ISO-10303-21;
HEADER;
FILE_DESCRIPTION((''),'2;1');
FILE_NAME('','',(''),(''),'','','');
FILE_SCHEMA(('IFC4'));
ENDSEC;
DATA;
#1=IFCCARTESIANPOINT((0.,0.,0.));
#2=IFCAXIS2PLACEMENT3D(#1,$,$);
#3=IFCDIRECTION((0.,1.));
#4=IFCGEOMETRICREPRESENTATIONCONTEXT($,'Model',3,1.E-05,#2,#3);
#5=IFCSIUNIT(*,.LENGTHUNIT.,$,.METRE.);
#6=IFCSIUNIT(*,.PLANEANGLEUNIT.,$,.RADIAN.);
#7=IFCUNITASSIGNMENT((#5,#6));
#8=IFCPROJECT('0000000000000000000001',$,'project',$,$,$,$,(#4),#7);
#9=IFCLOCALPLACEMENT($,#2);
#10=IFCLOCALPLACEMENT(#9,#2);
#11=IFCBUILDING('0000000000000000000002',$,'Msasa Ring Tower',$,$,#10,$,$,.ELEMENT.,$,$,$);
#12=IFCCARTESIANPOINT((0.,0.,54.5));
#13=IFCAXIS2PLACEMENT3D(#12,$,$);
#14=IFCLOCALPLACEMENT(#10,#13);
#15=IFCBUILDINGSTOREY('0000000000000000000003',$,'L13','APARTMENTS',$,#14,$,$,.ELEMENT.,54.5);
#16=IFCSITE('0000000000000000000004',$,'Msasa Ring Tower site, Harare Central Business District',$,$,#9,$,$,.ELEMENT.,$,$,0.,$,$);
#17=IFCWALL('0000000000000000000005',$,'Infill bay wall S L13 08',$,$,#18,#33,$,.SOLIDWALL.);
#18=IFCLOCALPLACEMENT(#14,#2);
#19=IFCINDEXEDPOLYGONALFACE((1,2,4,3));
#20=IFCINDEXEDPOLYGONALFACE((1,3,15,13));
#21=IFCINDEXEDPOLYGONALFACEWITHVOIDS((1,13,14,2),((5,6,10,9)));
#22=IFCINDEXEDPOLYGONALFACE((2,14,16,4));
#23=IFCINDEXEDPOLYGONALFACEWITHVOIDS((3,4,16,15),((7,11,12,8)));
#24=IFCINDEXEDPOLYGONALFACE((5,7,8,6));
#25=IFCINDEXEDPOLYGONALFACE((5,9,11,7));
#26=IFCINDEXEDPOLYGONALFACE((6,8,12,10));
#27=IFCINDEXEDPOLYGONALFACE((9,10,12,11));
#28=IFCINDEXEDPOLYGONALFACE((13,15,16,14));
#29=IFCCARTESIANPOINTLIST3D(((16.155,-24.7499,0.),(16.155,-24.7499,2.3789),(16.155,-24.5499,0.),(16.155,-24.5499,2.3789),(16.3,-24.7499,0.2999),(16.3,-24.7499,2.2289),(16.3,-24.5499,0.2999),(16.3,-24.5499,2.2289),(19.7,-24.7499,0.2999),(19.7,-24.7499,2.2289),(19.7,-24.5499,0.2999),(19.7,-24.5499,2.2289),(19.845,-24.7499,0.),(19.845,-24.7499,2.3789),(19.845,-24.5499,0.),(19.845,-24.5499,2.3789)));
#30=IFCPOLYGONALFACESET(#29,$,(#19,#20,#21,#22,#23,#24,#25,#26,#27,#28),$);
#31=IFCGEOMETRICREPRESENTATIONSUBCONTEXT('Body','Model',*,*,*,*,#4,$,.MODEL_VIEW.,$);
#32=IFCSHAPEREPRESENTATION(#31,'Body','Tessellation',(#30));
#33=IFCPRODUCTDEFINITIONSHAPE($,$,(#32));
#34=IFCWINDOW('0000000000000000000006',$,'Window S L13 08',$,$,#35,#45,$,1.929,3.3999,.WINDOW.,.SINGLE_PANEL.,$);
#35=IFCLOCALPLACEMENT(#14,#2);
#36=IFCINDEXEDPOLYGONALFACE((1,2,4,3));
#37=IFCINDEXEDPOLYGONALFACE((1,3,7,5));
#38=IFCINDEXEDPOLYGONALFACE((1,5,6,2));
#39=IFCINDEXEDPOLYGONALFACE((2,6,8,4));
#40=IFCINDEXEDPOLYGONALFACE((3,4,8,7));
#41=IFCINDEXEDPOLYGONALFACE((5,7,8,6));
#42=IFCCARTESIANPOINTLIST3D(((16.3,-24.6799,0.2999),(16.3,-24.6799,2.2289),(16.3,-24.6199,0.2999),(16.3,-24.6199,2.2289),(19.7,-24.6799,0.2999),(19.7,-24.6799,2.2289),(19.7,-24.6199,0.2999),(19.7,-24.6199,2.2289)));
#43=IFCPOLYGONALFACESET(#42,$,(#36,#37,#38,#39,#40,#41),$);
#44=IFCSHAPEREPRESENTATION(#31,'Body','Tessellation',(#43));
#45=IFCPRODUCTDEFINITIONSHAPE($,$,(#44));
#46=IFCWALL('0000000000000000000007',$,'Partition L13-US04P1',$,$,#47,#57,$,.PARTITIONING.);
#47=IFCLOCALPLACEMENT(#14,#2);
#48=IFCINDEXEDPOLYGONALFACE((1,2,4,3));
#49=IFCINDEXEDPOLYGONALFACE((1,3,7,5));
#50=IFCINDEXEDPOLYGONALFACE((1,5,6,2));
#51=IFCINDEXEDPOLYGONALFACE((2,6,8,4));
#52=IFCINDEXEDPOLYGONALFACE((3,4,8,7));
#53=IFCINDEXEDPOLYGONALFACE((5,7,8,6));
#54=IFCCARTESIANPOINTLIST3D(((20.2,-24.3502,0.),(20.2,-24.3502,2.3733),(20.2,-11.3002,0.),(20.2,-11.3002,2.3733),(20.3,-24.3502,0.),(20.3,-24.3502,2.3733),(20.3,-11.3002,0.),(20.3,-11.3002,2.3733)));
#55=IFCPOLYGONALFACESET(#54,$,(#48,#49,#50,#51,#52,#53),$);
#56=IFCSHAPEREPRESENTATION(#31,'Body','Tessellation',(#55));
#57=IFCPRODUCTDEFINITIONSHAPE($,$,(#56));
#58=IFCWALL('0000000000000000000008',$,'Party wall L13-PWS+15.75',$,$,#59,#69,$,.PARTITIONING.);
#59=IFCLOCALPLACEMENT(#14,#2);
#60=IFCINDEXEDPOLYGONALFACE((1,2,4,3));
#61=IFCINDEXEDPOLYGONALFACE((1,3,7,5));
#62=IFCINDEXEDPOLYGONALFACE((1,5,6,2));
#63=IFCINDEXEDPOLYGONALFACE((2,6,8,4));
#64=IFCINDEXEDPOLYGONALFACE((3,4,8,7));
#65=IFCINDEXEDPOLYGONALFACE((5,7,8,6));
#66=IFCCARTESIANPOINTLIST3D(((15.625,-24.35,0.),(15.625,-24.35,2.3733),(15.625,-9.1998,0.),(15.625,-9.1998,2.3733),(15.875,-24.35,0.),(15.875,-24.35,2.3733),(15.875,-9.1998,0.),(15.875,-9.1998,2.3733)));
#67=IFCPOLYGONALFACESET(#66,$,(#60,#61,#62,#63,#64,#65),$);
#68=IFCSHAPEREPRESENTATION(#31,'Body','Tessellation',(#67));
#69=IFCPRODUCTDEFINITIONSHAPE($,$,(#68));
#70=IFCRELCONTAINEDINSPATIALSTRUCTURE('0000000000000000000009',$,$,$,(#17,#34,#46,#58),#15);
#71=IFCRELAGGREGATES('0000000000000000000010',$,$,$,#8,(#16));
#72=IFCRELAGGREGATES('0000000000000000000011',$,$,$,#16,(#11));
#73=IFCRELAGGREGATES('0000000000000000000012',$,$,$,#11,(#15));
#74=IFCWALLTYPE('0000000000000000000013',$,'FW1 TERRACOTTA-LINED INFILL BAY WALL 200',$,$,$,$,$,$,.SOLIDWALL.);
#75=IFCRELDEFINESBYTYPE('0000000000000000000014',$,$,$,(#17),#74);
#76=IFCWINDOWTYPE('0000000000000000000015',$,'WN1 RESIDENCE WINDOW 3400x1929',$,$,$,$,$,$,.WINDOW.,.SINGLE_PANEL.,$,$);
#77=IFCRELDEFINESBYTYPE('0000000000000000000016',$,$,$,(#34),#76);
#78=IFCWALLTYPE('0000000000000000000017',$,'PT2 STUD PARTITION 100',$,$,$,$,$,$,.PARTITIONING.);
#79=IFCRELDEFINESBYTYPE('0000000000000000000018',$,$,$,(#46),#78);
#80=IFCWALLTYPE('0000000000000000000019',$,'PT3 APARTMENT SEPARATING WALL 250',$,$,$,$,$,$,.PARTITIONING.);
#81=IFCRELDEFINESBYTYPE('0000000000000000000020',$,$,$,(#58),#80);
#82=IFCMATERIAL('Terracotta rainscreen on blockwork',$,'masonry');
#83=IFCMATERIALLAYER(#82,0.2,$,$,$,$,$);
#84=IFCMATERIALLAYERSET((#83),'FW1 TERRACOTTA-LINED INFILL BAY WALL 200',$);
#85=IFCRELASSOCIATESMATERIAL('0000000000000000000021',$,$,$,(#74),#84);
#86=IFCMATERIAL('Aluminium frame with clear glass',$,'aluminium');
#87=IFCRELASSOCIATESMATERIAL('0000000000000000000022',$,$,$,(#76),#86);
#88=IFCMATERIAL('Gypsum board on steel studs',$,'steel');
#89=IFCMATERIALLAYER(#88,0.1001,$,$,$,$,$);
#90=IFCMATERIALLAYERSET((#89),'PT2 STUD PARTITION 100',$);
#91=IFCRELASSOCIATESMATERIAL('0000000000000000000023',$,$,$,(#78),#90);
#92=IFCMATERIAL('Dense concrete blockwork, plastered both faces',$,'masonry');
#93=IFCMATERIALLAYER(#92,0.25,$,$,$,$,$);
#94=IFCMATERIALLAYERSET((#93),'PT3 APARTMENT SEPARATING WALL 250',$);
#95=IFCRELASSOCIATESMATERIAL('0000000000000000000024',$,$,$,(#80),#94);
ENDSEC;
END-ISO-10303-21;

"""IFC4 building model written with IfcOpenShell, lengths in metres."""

from ifc_helpers import new_model, si_unit, direction, frame, frame_2d, origin, place, context, subcontext, project, spatial, rectangle, extrude, material, layer, layer_set, type_object, element, fill, save


model = new_model("IFC4")

# Units and contexts
model_context = context("Model", 3, precision=1e-05, world=origin(), true_north=direction((0.0, 1.0)))
body_context = subcontext(model_context, "Body", "Model", "MODEL_VIEW")
ifc_project = project(units=[si_unit("LENGTHUNIT", "METRE"), si_unit("PLANEANGLEUNIT", "RADIAN")], contexts=[model_context])

# Site, building, storey
site_placement = place(None, origin())
site = spatial("IfcSite", under=ifc_project, at=site_placement, Name="Msasa Ring Tower site, Harare Central Business District", CompositionType="ELEMENT", RefElevation=0.0)
building_placement = place(site_placement, origin())
building = spatial("IfcBuilding", under=site, at=building_placement, Name="Msasa Ring Tower", CompositionType="ELEMENT")
storey_placement = place(building_placement, frame((0.0, 0.0, 54.5)))
storey = spatial("IfcBuildingStorey", under=building, at=storey_placement, Name="L13", Description="APARTMENTS", CompositionType="ELEMENT", Elevation=54.5)

# Wall, opening, window
ifc_material_1 = material(Name="Terracotta rainscreen on blockwork", Category="masonry")
ifc_layer_1 = layer(ifc_material_1, 0.2)
ifc_layer_set_1 = layer_set([ifc_layer_1], Name="FW1 TERRACOTTA-LINED INFILL BAY WALL 200")
wall_type_1 = type_object("IfcWallType", Name="FW1 TERRACOTTA-LINED INFILL BAY WALL 200", PredefinedType="SOLIDWALL", material=ifc_layer_set_1)
wall_1_placement = place(storey_placement, frame((16.155, -24.6499, 0.0), z_axis=(0.0, 0.0, 1.0), x_axis=(1.0, 0.0, 0.0)))
wall_1 = element("IfcWall", 1, at=wall_1_placement, inside=storey, type_object=wall_type_1, Name="Infill bay wall S L13 08", PredefinedType="SOLIDWALL", context=body_context, shape_type="SweptSolid", body=[
    extrude(rectangle(XDim=3.6899, YDim=0.2, at=frame_2d((1.845, 0.0))), origin(), (0.0, 0.0, 1.0), 2.3789),
])
opening_placement = place(wall_1_placement, frame((0.145, 0.0, 0.3)))
opening = element("IfcOpeningElement", 2, at=opening_placement, cuts=wall_1, PredefinedType="OPENING", context=body_context, shape_type="SweptSolid", body=[
    extrude(rectangle(XDim=3.3999, YDim=1.929, at=frame_2d((1.7, 0.9644))), frame((0.0, 0.1099, 0.0), z_axis=(0.0, -1.0, 0.0), x_axis=(1.0, 0.0, 0.0)), (0.0, 0.0, 1.0), 0.22),
])
ifc_material_2 = material(Name="Aluminium frame with clear glass", Category="aluminium")
window_type = type_object("IfcWindowType", Name="WN1 RESIDENCE WINDOW 3400x1929", PartitioningType="SINGLE_PANEL", PredefinedType="WINDOW", material=ifc_material_2)
window_placement = place(opening_placement, origin())
window = element("IfcWindow", 3, at=window_placement, inside=storey, type_object=window_type, Name="Window S L13 08", OverallHeight=1.929, OverallWidth=3.3999, PartitioningType="SINGLE_PANEL", PredefinedType="WINDOW", context=body_context, shape_type="SweptSolid", body=[
    extrude(rectangle(XDim=3.3999, YDim=1.929, at=frame_2d((1.7, 0.9644))), frame((0.0, 0.03, 0.0), z_axis=(0.0, -1.0, 0.0), x_axis=(1.0, 0.0, 0.0)), (0.0, 0.0, 1.0), 0.0601),
])
fill(opening, window)

# Walls
ifc_material_3 = material(Name="Gypsum board on steel studs", Category="steel")
ifc_layer_2 = layer(ifc_material_3, 0.1001)
ifc_layer_set_2 = layer_set([ifc_layer_2], Name="PT2 STUD PARTITION 100")
wall_type_2 = type_object("IfcWallType", Name="PT2 STUD PARTITION 100", PredefinedType="PARTITIONING", material=ifc_layer_set_2)
wall_2_placement = place(storey_placement, frame((20.25, -24.3501, 0.0), z_axis=(0.0, 0.0, 1.0), x_axis=(0.0, 1.0, 0.0)))
element("IfcWall", 4, at=wall_2_placement, inside=storey, type_object=wall_type_2, Name="Partition L13-US04P1", PredefinedType="PARTITIONING", context=body_context, shape_type="SweptSolid", body=[
    extrude(rectangle(XDim=13.05, YDim=0.1001, at=frame_2d((6.5249, 0.0))), origin(), (0.0, 0.0, 1.0), 2.3733),
])
ifc_material_4 = material(Name="Dense concrete blockwork, plastered both faces", Category="masonry")
ifc_layer_3 = layer(ifc_material_4, 0.25)
ifc_layer_set_3 = layer_set([ifc_layer_3], Name="PT3 APARTMENT SEPARATING WALL 250")
wall_type_3 = type_object("IfcWallType", Name="PT3 APARTMENT SEPARATING WALL 250", PredefinedType="PARTITIONING", material=ifc_layer_set_3)
wall_3_placement = place(storey_placement, frame((15.75, -24.3501, 0.0), z_axis=(0.0, 0.0, 1.0), x_axis=(0.0, 1.0, 0.0)))
element("IfcWall", 5, at=wall_3_placement, inside=storey, type_object=wall_type_3, Name="Party wall L13-PWS+15.75", PredefinedType="PARTITIONING", context=body_context, shape_type="SweptSolid", body=[
    extrude(rectangle(XDim=15.1501, YDim=0.25, at=frame_2d((7.5752, 0.0))), origin(), (0.0, 0.0, 1.0), 2.3733),
])

save(model, "model.ifc")
